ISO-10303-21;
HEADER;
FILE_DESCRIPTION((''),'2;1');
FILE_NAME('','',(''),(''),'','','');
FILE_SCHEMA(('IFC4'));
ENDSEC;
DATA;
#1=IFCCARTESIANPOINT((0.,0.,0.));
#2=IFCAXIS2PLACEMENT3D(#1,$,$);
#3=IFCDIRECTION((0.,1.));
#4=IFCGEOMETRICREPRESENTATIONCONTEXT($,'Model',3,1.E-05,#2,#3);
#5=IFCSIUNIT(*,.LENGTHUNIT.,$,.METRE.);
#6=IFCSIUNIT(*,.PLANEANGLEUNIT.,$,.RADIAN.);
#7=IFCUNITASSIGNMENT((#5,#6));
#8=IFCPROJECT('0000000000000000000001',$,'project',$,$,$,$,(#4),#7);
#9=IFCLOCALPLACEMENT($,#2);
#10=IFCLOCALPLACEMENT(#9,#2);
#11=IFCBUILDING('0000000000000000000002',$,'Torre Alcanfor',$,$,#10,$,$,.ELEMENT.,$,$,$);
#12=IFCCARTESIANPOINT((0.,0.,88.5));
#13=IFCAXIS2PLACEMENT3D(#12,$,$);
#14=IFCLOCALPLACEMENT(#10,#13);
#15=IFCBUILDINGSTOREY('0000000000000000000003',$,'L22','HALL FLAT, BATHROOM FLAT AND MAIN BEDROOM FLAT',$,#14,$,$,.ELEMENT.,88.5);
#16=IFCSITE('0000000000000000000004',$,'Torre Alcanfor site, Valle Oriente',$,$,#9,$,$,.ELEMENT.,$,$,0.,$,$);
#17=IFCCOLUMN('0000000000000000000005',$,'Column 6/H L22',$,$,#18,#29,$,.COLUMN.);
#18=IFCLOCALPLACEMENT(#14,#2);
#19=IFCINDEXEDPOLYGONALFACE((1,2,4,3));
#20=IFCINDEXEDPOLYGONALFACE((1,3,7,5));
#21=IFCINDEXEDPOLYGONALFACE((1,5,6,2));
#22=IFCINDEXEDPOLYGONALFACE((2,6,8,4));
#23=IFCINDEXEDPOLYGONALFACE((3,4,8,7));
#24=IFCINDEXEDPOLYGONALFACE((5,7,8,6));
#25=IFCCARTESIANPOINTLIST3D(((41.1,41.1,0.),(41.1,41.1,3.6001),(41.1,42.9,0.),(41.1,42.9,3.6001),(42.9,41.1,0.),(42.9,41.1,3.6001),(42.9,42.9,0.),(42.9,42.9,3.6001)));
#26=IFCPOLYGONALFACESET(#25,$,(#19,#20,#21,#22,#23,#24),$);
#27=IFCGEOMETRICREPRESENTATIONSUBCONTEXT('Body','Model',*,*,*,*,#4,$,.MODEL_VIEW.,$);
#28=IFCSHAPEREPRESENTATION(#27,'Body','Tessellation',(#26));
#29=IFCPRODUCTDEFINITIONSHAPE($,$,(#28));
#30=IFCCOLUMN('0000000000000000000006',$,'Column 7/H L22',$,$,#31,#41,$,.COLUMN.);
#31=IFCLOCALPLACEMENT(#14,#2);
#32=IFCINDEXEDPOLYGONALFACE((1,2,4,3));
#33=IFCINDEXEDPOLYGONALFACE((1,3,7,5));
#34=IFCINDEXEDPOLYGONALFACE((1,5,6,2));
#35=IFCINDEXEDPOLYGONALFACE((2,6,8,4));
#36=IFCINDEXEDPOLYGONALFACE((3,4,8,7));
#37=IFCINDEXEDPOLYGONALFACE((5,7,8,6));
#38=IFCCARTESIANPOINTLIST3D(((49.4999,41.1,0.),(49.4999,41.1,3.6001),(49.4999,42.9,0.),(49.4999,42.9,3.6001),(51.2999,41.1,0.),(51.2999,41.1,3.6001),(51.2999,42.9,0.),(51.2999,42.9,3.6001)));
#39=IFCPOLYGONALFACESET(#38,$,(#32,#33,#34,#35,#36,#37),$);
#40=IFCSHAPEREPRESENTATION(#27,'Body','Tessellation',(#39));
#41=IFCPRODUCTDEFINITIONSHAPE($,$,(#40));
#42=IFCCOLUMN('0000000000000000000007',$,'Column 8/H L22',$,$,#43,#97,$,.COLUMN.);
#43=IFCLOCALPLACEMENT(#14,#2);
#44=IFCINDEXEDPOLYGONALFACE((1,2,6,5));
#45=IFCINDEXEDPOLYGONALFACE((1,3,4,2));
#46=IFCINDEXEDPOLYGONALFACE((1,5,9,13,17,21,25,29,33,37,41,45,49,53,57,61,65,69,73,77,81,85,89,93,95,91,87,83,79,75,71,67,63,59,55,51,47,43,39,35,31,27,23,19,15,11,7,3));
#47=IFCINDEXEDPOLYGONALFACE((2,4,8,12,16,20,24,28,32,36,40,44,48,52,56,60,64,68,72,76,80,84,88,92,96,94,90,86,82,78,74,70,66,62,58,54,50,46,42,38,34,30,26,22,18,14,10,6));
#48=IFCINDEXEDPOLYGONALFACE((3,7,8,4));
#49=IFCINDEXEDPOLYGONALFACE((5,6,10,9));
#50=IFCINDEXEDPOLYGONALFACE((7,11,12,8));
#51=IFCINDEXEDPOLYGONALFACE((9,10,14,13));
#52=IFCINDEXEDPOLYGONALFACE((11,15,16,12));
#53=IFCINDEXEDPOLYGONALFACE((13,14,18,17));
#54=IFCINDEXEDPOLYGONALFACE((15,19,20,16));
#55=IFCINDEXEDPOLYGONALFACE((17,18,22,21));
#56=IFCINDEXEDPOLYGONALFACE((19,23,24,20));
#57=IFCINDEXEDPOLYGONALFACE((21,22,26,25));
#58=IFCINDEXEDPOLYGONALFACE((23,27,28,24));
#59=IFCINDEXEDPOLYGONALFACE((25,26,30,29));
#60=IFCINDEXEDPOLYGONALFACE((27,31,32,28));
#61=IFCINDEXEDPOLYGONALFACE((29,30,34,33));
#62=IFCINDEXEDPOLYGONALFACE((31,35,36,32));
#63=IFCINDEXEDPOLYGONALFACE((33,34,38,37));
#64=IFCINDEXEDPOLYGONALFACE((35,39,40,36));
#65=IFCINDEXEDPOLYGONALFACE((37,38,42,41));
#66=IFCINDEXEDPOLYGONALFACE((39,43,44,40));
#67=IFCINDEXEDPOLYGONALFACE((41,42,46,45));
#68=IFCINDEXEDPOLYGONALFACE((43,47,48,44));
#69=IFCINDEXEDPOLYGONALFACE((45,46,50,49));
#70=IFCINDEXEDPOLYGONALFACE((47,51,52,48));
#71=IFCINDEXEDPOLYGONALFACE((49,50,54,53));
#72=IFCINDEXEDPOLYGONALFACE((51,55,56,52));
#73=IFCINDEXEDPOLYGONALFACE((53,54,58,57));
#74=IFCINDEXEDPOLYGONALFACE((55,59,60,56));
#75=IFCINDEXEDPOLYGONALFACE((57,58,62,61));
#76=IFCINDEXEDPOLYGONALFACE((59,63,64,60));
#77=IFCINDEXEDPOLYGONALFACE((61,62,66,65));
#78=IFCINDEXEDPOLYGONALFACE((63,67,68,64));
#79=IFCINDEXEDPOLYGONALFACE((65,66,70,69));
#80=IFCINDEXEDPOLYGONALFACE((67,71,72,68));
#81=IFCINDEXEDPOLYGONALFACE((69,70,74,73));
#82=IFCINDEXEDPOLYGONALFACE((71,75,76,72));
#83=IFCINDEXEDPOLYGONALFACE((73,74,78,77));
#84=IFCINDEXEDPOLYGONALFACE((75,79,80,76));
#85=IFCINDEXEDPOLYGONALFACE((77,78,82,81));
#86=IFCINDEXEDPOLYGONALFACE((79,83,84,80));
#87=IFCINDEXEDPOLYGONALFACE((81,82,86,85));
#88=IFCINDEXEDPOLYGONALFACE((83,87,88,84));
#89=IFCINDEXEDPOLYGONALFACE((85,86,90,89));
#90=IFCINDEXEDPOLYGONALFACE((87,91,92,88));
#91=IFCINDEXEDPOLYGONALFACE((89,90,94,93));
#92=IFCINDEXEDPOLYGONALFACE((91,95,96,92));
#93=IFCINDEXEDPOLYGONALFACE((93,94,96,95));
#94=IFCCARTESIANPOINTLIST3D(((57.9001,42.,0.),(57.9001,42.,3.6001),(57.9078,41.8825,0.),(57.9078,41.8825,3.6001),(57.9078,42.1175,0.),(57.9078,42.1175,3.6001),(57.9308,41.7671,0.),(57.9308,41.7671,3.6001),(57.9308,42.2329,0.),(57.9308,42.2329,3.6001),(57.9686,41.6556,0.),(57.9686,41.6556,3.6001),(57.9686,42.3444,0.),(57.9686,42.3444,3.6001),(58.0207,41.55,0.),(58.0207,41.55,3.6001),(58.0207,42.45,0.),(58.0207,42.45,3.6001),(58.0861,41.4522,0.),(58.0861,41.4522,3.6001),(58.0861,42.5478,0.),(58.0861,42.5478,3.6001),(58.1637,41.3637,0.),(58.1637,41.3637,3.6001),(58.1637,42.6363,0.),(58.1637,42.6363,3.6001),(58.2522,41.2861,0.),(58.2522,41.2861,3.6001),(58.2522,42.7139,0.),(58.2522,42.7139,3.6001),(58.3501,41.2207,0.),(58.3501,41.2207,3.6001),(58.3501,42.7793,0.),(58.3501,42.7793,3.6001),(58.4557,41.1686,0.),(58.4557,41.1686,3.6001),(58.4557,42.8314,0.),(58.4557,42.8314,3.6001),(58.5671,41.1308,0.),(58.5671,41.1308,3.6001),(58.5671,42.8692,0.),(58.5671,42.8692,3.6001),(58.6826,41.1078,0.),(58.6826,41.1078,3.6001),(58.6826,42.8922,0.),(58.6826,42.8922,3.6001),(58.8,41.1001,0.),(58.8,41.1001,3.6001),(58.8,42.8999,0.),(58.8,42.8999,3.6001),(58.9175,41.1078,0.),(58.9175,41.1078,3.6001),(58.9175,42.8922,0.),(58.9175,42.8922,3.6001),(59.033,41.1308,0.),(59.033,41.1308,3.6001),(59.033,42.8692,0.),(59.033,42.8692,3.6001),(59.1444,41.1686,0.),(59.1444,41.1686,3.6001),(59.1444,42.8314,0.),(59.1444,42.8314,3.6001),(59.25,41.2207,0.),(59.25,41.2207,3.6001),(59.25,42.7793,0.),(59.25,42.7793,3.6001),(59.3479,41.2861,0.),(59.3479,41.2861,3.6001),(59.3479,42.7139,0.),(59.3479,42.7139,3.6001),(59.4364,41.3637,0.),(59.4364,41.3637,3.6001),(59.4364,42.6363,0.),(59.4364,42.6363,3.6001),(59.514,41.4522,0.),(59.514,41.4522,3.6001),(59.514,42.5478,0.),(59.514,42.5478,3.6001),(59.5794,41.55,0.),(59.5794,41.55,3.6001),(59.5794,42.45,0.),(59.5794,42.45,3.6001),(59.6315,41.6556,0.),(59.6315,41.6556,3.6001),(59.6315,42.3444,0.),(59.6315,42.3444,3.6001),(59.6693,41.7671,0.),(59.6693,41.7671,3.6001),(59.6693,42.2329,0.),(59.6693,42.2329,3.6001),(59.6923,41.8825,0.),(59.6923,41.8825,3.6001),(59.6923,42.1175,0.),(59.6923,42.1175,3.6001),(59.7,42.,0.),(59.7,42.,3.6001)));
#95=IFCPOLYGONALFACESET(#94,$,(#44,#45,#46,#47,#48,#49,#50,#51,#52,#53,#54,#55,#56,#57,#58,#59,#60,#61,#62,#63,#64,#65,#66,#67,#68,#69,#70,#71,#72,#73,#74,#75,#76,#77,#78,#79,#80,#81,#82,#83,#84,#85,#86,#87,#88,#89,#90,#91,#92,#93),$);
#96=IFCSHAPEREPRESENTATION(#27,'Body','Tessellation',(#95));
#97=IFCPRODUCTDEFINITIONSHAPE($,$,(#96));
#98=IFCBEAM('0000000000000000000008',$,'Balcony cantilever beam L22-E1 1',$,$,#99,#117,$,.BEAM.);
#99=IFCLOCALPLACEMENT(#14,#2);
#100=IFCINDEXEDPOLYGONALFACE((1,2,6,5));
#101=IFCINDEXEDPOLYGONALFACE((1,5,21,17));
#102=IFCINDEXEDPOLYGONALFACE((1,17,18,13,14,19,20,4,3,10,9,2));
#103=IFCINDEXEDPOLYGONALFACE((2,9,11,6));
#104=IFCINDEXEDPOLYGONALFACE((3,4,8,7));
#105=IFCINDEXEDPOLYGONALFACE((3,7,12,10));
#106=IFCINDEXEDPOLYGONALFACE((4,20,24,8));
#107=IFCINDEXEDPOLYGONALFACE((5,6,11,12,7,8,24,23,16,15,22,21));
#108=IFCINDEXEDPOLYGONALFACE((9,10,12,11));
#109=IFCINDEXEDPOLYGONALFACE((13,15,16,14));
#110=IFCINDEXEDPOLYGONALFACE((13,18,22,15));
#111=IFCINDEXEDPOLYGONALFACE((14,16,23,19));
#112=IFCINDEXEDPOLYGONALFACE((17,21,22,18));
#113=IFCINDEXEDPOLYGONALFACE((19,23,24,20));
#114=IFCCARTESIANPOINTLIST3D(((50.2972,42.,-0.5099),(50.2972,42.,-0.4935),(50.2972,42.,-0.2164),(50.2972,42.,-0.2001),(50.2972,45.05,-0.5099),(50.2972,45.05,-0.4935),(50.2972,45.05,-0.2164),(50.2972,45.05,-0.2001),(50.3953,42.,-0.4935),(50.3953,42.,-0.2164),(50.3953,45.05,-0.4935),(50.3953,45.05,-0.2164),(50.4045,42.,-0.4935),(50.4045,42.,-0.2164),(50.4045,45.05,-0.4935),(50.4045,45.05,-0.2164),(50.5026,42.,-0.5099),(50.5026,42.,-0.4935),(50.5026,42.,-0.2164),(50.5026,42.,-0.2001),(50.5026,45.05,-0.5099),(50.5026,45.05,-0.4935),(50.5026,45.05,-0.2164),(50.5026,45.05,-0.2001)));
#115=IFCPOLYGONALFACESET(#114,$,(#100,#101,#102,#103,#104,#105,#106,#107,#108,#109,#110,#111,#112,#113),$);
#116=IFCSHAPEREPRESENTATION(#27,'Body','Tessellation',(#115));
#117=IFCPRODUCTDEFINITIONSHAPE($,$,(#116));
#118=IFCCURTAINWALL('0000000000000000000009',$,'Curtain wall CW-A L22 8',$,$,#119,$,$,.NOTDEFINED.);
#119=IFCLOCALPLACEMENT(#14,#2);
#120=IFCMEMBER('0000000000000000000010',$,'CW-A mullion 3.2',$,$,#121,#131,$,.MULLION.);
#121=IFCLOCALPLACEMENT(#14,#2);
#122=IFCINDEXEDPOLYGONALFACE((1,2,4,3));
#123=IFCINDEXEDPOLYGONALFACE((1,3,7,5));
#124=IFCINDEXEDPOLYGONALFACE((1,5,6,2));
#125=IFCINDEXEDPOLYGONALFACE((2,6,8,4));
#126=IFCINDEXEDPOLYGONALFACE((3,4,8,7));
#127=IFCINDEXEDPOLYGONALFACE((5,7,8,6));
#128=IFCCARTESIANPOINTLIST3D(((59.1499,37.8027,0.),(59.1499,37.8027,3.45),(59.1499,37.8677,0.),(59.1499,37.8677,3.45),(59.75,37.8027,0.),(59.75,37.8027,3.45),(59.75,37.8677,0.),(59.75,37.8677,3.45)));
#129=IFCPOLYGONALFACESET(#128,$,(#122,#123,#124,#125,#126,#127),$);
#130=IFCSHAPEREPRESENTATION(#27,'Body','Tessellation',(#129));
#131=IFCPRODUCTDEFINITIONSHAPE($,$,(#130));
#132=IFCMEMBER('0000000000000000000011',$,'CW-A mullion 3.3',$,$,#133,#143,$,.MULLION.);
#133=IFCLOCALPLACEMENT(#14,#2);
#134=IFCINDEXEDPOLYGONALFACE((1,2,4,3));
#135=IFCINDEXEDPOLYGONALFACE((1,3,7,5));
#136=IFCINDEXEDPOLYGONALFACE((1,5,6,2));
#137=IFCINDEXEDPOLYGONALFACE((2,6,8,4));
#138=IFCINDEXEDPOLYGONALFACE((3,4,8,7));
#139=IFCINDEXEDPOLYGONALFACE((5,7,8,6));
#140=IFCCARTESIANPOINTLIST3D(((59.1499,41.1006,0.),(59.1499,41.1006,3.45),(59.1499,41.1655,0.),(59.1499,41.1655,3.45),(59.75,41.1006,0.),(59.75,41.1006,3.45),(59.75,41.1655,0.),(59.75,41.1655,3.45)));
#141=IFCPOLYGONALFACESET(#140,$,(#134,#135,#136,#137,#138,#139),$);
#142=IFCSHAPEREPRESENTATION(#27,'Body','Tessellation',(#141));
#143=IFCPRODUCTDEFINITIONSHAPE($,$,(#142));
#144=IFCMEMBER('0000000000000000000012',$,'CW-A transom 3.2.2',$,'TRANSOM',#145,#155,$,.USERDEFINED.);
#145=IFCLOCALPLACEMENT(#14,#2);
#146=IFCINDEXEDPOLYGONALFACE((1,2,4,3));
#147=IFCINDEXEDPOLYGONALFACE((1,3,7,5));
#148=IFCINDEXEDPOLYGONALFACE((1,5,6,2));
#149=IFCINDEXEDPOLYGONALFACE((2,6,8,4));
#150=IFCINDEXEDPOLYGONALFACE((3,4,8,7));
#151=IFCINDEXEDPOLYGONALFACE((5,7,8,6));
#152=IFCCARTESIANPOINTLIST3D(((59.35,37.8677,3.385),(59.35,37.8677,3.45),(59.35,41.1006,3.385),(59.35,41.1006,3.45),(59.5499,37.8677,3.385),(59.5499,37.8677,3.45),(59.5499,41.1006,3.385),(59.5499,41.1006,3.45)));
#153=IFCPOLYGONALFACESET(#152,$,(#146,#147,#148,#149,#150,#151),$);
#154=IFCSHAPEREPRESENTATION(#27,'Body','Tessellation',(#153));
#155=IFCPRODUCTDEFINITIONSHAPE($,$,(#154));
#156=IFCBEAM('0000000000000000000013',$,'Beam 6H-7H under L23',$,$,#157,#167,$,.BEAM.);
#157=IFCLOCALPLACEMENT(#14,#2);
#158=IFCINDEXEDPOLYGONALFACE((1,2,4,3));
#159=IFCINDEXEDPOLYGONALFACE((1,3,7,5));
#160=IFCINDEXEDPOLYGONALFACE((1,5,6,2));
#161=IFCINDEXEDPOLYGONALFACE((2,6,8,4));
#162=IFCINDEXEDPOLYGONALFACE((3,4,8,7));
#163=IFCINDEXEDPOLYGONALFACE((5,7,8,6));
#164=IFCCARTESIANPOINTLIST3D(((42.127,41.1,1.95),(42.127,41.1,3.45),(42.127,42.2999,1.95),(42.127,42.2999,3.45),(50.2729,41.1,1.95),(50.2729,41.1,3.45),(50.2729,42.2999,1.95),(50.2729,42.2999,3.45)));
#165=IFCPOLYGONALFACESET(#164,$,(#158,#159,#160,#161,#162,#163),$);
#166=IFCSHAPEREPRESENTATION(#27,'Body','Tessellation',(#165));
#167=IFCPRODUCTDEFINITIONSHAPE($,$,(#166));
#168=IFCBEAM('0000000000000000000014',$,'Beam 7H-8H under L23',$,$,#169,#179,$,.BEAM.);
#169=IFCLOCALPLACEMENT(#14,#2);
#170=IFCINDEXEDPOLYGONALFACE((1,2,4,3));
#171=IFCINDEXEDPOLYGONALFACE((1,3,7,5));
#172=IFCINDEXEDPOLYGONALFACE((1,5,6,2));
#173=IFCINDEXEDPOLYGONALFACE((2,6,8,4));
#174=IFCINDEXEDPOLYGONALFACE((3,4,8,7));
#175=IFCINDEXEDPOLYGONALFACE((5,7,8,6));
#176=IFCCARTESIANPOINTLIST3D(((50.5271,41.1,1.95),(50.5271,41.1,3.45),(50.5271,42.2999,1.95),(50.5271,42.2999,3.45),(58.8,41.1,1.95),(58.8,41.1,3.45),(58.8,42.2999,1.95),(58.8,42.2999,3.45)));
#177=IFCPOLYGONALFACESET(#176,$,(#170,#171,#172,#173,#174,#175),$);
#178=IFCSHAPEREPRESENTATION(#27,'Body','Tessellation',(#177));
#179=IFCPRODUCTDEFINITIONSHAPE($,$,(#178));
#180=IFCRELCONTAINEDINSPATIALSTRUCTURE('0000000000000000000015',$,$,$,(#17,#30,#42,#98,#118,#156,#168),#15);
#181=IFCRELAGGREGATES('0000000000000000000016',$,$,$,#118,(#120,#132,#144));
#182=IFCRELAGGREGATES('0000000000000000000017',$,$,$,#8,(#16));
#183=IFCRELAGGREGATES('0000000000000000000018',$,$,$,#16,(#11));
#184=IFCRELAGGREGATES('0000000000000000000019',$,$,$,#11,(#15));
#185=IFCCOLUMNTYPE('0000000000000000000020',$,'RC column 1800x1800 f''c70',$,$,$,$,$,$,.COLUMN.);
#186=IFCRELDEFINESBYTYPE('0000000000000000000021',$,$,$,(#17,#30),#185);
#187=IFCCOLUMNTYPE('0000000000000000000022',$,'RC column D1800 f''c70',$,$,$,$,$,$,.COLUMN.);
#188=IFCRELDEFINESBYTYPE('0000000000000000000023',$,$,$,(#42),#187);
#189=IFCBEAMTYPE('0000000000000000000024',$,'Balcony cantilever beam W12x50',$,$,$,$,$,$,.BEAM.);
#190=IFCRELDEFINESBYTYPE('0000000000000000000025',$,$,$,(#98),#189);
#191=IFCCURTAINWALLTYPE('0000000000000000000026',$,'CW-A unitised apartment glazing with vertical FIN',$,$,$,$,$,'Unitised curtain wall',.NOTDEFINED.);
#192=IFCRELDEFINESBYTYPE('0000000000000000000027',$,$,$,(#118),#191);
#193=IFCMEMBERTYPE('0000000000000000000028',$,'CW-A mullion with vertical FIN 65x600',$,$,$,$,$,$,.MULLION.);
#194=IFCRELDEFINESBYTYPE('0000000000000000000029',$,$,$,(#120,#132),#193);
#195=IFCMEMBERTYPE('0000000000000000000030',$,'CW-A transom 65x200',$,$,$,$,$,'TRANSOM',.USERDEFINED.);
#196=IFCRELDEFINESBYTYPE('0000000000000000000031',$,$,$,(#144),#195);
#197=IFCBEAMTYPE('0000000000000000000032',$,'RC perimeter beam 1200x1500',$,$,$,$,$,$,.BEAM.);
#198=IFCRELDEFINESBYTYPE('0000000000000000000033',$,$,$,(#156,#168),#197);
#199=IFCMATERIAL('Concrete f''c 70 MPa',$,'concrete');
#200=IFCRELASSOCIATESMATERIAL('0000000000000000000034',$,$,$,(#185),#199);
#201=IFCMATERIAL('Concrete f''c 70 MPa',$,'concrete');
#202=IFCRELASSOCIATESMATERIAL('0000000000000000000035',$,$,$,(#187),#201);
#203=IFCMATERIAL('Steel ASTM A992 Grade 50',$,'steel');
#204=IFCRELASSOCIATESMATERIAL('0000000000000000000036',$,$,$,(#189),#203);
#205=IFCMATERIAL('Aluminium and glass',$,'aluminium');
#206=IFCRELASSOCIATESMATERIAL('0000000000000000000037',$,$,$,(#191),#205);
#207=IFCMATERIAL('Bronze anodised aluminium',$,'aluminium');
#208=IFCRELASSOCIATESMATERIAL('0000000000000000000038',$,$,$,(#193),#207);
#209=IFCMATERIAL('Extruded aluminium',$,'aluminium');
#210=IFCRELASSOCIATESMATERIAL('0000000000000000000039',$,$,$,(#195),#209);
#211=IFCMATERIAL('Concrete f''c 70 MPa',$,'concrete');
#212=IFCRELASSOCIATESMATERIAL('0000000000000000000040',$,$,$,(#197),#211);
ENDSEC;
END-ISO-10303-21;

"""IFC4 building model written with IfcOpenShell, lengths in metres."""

from ifc_helpers import new_model, si_unit, direction, frame, origin, origin_2d, place, context, subcontext, project, spatial, rectangle, circle, i_section, extrude, material, material_profile, profile_set, type_object, element, aggregate, save


model = new_model("IFC4")

# Units and contexts
model_context = context("Model", 3, precision=1e-05, world=origin(), true_north=direction((0.0, 1.0)))
body_context = subcontext(model_context, "Body", "Model", "MODEL_VIEW")
ifc_project = project(units=[si_unit("LENGTHUNIT", "METRE"), si_unit("PLANEANGLEUNIT", "RADIAN")], contexts=[model_context])

# Site, building, storey
site_placement = place(None, origin())
site = spatial("IfcSite", under=ifc_project, at=site_placement, Name="Torre Alcanfor site, Valle Oriente", CompositionType="ELEMENT", RefElevation=0.0)
building_placement = place(site_placement, origin())
building = spatial("IfcBuilding", under=site, at=building_placement, Name="Torre Alcanfor", CompositionType="ELEMENT")
storey_placement = place(building_placement, frame((0.0, 0.0, 88.5)))
storey = spatial("IfcBuildingStorey", under=building, at=storey_placement, Name="L22", Description="HALL FLAT, BATHROOM FLAT AND MAIN BEDROOM FLAT", CompositionType="ELEMENT", Elevation=88.5)

# Columns
ifc_material_1 = material(Name="Concrete f'c 70 MPa", Category="concrete")
ifc_material_profile_1 = material_profile(ifc_material_1, rectangle(XDim=1.8, YDim=1.8, at=origin_2d()), Name="1800x1800")
ifc_profile_set_1 = profile_set([ifc_material_profile_1], Name="Concrete f'c 70 MPa")
column_type_1 = type_object("IfcColumnType", Name="RC column 1800x1800 f'c70", PredefinedType="COLUMN", material=ifc_profile_set_1)
for number, where, z_axis, x_axis, name in (
    (1, (42.0, 42.0, 0.0), (0.0, 0.0, 1.0), (1.0, 0.0, 0.0), "Column 6/H L22"),
    (2, (50.3999, 42.0, 0.0), (0.0, 0.0, 1.0), (1.0, 0.0, 0.0), "Column 7/H L22"),
):
    element("IfcColumn", number, at=place(storey_placement, frame(where, z_axis=z_axis, x_axis=x_axis)), inside=storey, type_object=column_type_1, Name=name, PredefinedType="COLUMN", context=body_context, shape_type="SweptSolid", body=[
        extrude(rectangle(XDim=1.8, YDim=1.8, at=origin_2d()), origin(), (0.0, 0.0, 1.0), 3.6001),
    ])
ifc_material_2 = material(Name="Concrete f'c 70 MPa", Category="concrete")
ifc_material_profile_2 = material_profile(ifc_material_2, circle(Radius=0.8999, at=origin_2d()), Name="D1800")
ifc_profile_set_2 = profile_set([ifc_material_profile_2], Name="Concrete f'c 70 MPa")
column_type_2 = type_object("IfcColumnType", Name="RC column D1800 f'c70", PredefinedType="COLUMN", material=ifc_profile_set_2)
column_placement = place(storey_placement, frame((58.8, 42.0, 0.0), z_axis=(0.0, 0.0, 1.0), x_axis=(1.0, 0.0, 0.0)))
element("IfcColumn", 3, at=column_placement, inside=storey, type_object=column_type_2, Name="Column 8/H L22", PredefinedType="COLUMN", context=body_context, shape_type="SweptSolid", body=[
    extrude(circle(Radius=0.8999, at=origin_2d()), origin(), (0.0, 0.0, 1.0), 3.6001),
])

# Beam
ifc_material_3 = material(Name="Steel ASTM A992 Grade 50", Category="steel")
ifc_material_profile_3 = material_profile(ifc_material_3, i_section(OverallWidth=0.2053, OverallDepth=0.3098, WebThickness=0.0093, FlangeThickness=0.0164, at=origin_2d()), Name="W12x50")
ifc_profile_set_3 = profile_set([ifc_material_profile_3], Name="Steel ASTM A992 Grade 50")
beam_type_1 = type_object("IfcBeamType", Name="Balcony cantilever beam W12x50", PredefinedType="BEAM", material=ifc_profile_set_3)
beam_1_placement = place(storey_placement, frame((50.3999, 42.0, -0.355), z_axis=(0.0, 1.0, 0.0), x_axis=(-1.0, 0.0, 0.0)))
element("IfcBeam", 4, at=beam_1_placement, inside=storey, type_object=beam_type_1, Name="Balcony cantilever beam L22-E1 1", PredefinedType="BEAM", context=body_context, shape_type="SweptSolid", body=[
    extrude(i_section(OverallWidth=0.2053, OverallDepth=0.3098, WebThickness=0.0093, FlangeThickness=0.0164, at=origin_2d()), origin(), (0.0, 0.0, 1.0), 3.05),
])

# Curtain wall, members
ifc_material_4 = material(Name="Aluminium and glass", Category="aluminium")
curtain_wall_type = type_object("IfcCurtainWallType", Name="CW-A unitised apartment glazing with vertical FIN", ElementType="Unitised curtain wall", PredefinedType="NOTDEFINED", material=ifc_material_4)
curtain_wall_placement = place(storey_placement, origin())
curtain_wall = element("IfcCurtainWall", 5, at=curtain_wall_placement, inside=storey, type_object=curtain_wall_type, Name="Curtain wall CW-A L22 8", PredefinedType="NOTDEFINED")
ifc_material_5 = material(Name="Bronze anodised aluminium", Category="aluminium")
ifc_material_profile_4 = material_profile(ifc_material_5, rectangle(XDim=0.6001, YDim=0.0649, at=origin_2d()), Name="CW-A mullion 65x600")
ifc_profile_set_4 = profile_set([ifc_material_profile_4], Name="Bronze anodised aluminium")
member_type_1 = type_object("IfcMemberType", Name="CW-A mullion with vertical FIN 65x600", PredefinedType="MULLION", material=ifc_profile_set_4)
member_1_placement = place(storey_placement, frame((59.45, 37.8352, 0.0), z_axis=(0.0, 0.0, 1.0), x_axis=(-1.0, 0.0, 0.0)))
member_1 = element("IfcMember", 6, at=member_1_placement, type_object=member_type_1, Name="CW-A mullion 3.2", PredefinedType="MULLION", context=body_context, shape_type="SweptSolid", body=[
    extrude(rectangle(XDim=0.6001, YDim=0.0649, at=origin_2d()), origin(), (0.0, 0.0, 1.0), 3.45),
])
member_2_placement = place(storey_placement, frame((59.45, 41.1331, 0.0), z_axis=(0.0, 0.0, 1.0), x_axis=(-1.0, 0.0, 0.0)))
member_2 = element("IfcMember", 7, at=member_2_placement, type_object=member_type_1, Name="CW-A mullion 3.3", PredefinedType="MULLION", context=body_context, shape_type="SweptSolid", body=[
    extrude(rectangle(XDim=0.6001, YDim=0.0649, at=origin_2d()), origin(), (0.0, 0.0, 1.0), 3.45),
])
ifc_material_6 = material(Name="Extruded aluminium", Category="aluminium")
ifc_material_profile_5 = material_profile(ifc_material_6, rectangle(XDim=0.2, YDim=0.0649, at=origin_2d()), Name="CW-A transom 200x65")
ifc_profile_set_5 = profile_set([ifc_material_profile_5], Name="Extruded aluminium")
member_type_2 = type_object("IfcMemberType", Name="CW-A transom 65x200", ElementType="TRANSOM", PredefinedType="USERDEFINED", material=ifc_profile_set_5)
member_3_placement = place(storey_placement, frame((59.45, 37.8677, 3.4175), z_axis=(0.0, 1.0, 0.0), x_axis=(-1.0, 0.0, 0.0)))
member_3 = element("IfcMember", 8, at=member_3_placement, type_object=member_type_2, Name="CW-A transom 3.2.2", ObjectType="TRANSOM", PredefinedType="USERDEFINED", context=body_context, shape_type="SweptSolid", body=[
    extrude(rectangle(XDim=0.2, YDim=0.0649, at=origin_2d()), origin(), (0.0, 0.0, 1.0), 3.2329),
])

# Beams
ifc_material_7 = material(Name="Concrete f'c 70 MPa", Category="concrete")
ifc_material_profile_6 = material_profile(ifc_material_7, rectangle(XDim=1.2, YDim=1.5, at=origin_2d()), Name="1200x1500")
ifc_profile_set_6 = profile_set([ifc_material_profile_6], Name="Concrete f'c 70 MPa")
beam_type_2 = type_object("IfcBeamType", Name="RC perimeter beam 1200x1500", PredefinedType="BEAM", material=ifc_profile_set_6)
beam_2_placement = place(storey_placement, frame((42.127, 41.7, 2.7), z_axis=(1.0, 0.0, 0.0), x_axis=(0.0, 1.0, 0.0)))
element("IfcBeam", 9, at=beam_2_placement, inside=storey, type_object=beam_type_2, Name="Beam 6H-7H under L23", PredefinedType="BEAM", context=body_context, shape_type="SweptSolid", body=[
    extrude(rectangle(XDim=1.2, YDim=1.5, at=origin_2d()), origin(), (0.0, 0.0, 1.0), 8.146),
])
beam_3_placement = place(storey_placement, frame((50.5271, 41.7, 2.7), z_axis=(1.0, 0.0, 0.0), x_axis=(0.0, 1.0, 0.0)))
element("IfcBeam", 10, at=beam_3_placement, inside=storey, type_object=beam_type_2, Name="Beam 7H-8H under L23", PredefinedType="BEAM", context=body_context, shape_type="SweptSolid", body=[
    extrude(rectangle(XDim=1.2, YDim=1.5, at=origin_2d()), origin(), (0.0, 0.0, 1.0), 8.2729),
])

aggregate(curtain_wall, [member_1, member_2, member_3])

save(model, "model.ifc")
